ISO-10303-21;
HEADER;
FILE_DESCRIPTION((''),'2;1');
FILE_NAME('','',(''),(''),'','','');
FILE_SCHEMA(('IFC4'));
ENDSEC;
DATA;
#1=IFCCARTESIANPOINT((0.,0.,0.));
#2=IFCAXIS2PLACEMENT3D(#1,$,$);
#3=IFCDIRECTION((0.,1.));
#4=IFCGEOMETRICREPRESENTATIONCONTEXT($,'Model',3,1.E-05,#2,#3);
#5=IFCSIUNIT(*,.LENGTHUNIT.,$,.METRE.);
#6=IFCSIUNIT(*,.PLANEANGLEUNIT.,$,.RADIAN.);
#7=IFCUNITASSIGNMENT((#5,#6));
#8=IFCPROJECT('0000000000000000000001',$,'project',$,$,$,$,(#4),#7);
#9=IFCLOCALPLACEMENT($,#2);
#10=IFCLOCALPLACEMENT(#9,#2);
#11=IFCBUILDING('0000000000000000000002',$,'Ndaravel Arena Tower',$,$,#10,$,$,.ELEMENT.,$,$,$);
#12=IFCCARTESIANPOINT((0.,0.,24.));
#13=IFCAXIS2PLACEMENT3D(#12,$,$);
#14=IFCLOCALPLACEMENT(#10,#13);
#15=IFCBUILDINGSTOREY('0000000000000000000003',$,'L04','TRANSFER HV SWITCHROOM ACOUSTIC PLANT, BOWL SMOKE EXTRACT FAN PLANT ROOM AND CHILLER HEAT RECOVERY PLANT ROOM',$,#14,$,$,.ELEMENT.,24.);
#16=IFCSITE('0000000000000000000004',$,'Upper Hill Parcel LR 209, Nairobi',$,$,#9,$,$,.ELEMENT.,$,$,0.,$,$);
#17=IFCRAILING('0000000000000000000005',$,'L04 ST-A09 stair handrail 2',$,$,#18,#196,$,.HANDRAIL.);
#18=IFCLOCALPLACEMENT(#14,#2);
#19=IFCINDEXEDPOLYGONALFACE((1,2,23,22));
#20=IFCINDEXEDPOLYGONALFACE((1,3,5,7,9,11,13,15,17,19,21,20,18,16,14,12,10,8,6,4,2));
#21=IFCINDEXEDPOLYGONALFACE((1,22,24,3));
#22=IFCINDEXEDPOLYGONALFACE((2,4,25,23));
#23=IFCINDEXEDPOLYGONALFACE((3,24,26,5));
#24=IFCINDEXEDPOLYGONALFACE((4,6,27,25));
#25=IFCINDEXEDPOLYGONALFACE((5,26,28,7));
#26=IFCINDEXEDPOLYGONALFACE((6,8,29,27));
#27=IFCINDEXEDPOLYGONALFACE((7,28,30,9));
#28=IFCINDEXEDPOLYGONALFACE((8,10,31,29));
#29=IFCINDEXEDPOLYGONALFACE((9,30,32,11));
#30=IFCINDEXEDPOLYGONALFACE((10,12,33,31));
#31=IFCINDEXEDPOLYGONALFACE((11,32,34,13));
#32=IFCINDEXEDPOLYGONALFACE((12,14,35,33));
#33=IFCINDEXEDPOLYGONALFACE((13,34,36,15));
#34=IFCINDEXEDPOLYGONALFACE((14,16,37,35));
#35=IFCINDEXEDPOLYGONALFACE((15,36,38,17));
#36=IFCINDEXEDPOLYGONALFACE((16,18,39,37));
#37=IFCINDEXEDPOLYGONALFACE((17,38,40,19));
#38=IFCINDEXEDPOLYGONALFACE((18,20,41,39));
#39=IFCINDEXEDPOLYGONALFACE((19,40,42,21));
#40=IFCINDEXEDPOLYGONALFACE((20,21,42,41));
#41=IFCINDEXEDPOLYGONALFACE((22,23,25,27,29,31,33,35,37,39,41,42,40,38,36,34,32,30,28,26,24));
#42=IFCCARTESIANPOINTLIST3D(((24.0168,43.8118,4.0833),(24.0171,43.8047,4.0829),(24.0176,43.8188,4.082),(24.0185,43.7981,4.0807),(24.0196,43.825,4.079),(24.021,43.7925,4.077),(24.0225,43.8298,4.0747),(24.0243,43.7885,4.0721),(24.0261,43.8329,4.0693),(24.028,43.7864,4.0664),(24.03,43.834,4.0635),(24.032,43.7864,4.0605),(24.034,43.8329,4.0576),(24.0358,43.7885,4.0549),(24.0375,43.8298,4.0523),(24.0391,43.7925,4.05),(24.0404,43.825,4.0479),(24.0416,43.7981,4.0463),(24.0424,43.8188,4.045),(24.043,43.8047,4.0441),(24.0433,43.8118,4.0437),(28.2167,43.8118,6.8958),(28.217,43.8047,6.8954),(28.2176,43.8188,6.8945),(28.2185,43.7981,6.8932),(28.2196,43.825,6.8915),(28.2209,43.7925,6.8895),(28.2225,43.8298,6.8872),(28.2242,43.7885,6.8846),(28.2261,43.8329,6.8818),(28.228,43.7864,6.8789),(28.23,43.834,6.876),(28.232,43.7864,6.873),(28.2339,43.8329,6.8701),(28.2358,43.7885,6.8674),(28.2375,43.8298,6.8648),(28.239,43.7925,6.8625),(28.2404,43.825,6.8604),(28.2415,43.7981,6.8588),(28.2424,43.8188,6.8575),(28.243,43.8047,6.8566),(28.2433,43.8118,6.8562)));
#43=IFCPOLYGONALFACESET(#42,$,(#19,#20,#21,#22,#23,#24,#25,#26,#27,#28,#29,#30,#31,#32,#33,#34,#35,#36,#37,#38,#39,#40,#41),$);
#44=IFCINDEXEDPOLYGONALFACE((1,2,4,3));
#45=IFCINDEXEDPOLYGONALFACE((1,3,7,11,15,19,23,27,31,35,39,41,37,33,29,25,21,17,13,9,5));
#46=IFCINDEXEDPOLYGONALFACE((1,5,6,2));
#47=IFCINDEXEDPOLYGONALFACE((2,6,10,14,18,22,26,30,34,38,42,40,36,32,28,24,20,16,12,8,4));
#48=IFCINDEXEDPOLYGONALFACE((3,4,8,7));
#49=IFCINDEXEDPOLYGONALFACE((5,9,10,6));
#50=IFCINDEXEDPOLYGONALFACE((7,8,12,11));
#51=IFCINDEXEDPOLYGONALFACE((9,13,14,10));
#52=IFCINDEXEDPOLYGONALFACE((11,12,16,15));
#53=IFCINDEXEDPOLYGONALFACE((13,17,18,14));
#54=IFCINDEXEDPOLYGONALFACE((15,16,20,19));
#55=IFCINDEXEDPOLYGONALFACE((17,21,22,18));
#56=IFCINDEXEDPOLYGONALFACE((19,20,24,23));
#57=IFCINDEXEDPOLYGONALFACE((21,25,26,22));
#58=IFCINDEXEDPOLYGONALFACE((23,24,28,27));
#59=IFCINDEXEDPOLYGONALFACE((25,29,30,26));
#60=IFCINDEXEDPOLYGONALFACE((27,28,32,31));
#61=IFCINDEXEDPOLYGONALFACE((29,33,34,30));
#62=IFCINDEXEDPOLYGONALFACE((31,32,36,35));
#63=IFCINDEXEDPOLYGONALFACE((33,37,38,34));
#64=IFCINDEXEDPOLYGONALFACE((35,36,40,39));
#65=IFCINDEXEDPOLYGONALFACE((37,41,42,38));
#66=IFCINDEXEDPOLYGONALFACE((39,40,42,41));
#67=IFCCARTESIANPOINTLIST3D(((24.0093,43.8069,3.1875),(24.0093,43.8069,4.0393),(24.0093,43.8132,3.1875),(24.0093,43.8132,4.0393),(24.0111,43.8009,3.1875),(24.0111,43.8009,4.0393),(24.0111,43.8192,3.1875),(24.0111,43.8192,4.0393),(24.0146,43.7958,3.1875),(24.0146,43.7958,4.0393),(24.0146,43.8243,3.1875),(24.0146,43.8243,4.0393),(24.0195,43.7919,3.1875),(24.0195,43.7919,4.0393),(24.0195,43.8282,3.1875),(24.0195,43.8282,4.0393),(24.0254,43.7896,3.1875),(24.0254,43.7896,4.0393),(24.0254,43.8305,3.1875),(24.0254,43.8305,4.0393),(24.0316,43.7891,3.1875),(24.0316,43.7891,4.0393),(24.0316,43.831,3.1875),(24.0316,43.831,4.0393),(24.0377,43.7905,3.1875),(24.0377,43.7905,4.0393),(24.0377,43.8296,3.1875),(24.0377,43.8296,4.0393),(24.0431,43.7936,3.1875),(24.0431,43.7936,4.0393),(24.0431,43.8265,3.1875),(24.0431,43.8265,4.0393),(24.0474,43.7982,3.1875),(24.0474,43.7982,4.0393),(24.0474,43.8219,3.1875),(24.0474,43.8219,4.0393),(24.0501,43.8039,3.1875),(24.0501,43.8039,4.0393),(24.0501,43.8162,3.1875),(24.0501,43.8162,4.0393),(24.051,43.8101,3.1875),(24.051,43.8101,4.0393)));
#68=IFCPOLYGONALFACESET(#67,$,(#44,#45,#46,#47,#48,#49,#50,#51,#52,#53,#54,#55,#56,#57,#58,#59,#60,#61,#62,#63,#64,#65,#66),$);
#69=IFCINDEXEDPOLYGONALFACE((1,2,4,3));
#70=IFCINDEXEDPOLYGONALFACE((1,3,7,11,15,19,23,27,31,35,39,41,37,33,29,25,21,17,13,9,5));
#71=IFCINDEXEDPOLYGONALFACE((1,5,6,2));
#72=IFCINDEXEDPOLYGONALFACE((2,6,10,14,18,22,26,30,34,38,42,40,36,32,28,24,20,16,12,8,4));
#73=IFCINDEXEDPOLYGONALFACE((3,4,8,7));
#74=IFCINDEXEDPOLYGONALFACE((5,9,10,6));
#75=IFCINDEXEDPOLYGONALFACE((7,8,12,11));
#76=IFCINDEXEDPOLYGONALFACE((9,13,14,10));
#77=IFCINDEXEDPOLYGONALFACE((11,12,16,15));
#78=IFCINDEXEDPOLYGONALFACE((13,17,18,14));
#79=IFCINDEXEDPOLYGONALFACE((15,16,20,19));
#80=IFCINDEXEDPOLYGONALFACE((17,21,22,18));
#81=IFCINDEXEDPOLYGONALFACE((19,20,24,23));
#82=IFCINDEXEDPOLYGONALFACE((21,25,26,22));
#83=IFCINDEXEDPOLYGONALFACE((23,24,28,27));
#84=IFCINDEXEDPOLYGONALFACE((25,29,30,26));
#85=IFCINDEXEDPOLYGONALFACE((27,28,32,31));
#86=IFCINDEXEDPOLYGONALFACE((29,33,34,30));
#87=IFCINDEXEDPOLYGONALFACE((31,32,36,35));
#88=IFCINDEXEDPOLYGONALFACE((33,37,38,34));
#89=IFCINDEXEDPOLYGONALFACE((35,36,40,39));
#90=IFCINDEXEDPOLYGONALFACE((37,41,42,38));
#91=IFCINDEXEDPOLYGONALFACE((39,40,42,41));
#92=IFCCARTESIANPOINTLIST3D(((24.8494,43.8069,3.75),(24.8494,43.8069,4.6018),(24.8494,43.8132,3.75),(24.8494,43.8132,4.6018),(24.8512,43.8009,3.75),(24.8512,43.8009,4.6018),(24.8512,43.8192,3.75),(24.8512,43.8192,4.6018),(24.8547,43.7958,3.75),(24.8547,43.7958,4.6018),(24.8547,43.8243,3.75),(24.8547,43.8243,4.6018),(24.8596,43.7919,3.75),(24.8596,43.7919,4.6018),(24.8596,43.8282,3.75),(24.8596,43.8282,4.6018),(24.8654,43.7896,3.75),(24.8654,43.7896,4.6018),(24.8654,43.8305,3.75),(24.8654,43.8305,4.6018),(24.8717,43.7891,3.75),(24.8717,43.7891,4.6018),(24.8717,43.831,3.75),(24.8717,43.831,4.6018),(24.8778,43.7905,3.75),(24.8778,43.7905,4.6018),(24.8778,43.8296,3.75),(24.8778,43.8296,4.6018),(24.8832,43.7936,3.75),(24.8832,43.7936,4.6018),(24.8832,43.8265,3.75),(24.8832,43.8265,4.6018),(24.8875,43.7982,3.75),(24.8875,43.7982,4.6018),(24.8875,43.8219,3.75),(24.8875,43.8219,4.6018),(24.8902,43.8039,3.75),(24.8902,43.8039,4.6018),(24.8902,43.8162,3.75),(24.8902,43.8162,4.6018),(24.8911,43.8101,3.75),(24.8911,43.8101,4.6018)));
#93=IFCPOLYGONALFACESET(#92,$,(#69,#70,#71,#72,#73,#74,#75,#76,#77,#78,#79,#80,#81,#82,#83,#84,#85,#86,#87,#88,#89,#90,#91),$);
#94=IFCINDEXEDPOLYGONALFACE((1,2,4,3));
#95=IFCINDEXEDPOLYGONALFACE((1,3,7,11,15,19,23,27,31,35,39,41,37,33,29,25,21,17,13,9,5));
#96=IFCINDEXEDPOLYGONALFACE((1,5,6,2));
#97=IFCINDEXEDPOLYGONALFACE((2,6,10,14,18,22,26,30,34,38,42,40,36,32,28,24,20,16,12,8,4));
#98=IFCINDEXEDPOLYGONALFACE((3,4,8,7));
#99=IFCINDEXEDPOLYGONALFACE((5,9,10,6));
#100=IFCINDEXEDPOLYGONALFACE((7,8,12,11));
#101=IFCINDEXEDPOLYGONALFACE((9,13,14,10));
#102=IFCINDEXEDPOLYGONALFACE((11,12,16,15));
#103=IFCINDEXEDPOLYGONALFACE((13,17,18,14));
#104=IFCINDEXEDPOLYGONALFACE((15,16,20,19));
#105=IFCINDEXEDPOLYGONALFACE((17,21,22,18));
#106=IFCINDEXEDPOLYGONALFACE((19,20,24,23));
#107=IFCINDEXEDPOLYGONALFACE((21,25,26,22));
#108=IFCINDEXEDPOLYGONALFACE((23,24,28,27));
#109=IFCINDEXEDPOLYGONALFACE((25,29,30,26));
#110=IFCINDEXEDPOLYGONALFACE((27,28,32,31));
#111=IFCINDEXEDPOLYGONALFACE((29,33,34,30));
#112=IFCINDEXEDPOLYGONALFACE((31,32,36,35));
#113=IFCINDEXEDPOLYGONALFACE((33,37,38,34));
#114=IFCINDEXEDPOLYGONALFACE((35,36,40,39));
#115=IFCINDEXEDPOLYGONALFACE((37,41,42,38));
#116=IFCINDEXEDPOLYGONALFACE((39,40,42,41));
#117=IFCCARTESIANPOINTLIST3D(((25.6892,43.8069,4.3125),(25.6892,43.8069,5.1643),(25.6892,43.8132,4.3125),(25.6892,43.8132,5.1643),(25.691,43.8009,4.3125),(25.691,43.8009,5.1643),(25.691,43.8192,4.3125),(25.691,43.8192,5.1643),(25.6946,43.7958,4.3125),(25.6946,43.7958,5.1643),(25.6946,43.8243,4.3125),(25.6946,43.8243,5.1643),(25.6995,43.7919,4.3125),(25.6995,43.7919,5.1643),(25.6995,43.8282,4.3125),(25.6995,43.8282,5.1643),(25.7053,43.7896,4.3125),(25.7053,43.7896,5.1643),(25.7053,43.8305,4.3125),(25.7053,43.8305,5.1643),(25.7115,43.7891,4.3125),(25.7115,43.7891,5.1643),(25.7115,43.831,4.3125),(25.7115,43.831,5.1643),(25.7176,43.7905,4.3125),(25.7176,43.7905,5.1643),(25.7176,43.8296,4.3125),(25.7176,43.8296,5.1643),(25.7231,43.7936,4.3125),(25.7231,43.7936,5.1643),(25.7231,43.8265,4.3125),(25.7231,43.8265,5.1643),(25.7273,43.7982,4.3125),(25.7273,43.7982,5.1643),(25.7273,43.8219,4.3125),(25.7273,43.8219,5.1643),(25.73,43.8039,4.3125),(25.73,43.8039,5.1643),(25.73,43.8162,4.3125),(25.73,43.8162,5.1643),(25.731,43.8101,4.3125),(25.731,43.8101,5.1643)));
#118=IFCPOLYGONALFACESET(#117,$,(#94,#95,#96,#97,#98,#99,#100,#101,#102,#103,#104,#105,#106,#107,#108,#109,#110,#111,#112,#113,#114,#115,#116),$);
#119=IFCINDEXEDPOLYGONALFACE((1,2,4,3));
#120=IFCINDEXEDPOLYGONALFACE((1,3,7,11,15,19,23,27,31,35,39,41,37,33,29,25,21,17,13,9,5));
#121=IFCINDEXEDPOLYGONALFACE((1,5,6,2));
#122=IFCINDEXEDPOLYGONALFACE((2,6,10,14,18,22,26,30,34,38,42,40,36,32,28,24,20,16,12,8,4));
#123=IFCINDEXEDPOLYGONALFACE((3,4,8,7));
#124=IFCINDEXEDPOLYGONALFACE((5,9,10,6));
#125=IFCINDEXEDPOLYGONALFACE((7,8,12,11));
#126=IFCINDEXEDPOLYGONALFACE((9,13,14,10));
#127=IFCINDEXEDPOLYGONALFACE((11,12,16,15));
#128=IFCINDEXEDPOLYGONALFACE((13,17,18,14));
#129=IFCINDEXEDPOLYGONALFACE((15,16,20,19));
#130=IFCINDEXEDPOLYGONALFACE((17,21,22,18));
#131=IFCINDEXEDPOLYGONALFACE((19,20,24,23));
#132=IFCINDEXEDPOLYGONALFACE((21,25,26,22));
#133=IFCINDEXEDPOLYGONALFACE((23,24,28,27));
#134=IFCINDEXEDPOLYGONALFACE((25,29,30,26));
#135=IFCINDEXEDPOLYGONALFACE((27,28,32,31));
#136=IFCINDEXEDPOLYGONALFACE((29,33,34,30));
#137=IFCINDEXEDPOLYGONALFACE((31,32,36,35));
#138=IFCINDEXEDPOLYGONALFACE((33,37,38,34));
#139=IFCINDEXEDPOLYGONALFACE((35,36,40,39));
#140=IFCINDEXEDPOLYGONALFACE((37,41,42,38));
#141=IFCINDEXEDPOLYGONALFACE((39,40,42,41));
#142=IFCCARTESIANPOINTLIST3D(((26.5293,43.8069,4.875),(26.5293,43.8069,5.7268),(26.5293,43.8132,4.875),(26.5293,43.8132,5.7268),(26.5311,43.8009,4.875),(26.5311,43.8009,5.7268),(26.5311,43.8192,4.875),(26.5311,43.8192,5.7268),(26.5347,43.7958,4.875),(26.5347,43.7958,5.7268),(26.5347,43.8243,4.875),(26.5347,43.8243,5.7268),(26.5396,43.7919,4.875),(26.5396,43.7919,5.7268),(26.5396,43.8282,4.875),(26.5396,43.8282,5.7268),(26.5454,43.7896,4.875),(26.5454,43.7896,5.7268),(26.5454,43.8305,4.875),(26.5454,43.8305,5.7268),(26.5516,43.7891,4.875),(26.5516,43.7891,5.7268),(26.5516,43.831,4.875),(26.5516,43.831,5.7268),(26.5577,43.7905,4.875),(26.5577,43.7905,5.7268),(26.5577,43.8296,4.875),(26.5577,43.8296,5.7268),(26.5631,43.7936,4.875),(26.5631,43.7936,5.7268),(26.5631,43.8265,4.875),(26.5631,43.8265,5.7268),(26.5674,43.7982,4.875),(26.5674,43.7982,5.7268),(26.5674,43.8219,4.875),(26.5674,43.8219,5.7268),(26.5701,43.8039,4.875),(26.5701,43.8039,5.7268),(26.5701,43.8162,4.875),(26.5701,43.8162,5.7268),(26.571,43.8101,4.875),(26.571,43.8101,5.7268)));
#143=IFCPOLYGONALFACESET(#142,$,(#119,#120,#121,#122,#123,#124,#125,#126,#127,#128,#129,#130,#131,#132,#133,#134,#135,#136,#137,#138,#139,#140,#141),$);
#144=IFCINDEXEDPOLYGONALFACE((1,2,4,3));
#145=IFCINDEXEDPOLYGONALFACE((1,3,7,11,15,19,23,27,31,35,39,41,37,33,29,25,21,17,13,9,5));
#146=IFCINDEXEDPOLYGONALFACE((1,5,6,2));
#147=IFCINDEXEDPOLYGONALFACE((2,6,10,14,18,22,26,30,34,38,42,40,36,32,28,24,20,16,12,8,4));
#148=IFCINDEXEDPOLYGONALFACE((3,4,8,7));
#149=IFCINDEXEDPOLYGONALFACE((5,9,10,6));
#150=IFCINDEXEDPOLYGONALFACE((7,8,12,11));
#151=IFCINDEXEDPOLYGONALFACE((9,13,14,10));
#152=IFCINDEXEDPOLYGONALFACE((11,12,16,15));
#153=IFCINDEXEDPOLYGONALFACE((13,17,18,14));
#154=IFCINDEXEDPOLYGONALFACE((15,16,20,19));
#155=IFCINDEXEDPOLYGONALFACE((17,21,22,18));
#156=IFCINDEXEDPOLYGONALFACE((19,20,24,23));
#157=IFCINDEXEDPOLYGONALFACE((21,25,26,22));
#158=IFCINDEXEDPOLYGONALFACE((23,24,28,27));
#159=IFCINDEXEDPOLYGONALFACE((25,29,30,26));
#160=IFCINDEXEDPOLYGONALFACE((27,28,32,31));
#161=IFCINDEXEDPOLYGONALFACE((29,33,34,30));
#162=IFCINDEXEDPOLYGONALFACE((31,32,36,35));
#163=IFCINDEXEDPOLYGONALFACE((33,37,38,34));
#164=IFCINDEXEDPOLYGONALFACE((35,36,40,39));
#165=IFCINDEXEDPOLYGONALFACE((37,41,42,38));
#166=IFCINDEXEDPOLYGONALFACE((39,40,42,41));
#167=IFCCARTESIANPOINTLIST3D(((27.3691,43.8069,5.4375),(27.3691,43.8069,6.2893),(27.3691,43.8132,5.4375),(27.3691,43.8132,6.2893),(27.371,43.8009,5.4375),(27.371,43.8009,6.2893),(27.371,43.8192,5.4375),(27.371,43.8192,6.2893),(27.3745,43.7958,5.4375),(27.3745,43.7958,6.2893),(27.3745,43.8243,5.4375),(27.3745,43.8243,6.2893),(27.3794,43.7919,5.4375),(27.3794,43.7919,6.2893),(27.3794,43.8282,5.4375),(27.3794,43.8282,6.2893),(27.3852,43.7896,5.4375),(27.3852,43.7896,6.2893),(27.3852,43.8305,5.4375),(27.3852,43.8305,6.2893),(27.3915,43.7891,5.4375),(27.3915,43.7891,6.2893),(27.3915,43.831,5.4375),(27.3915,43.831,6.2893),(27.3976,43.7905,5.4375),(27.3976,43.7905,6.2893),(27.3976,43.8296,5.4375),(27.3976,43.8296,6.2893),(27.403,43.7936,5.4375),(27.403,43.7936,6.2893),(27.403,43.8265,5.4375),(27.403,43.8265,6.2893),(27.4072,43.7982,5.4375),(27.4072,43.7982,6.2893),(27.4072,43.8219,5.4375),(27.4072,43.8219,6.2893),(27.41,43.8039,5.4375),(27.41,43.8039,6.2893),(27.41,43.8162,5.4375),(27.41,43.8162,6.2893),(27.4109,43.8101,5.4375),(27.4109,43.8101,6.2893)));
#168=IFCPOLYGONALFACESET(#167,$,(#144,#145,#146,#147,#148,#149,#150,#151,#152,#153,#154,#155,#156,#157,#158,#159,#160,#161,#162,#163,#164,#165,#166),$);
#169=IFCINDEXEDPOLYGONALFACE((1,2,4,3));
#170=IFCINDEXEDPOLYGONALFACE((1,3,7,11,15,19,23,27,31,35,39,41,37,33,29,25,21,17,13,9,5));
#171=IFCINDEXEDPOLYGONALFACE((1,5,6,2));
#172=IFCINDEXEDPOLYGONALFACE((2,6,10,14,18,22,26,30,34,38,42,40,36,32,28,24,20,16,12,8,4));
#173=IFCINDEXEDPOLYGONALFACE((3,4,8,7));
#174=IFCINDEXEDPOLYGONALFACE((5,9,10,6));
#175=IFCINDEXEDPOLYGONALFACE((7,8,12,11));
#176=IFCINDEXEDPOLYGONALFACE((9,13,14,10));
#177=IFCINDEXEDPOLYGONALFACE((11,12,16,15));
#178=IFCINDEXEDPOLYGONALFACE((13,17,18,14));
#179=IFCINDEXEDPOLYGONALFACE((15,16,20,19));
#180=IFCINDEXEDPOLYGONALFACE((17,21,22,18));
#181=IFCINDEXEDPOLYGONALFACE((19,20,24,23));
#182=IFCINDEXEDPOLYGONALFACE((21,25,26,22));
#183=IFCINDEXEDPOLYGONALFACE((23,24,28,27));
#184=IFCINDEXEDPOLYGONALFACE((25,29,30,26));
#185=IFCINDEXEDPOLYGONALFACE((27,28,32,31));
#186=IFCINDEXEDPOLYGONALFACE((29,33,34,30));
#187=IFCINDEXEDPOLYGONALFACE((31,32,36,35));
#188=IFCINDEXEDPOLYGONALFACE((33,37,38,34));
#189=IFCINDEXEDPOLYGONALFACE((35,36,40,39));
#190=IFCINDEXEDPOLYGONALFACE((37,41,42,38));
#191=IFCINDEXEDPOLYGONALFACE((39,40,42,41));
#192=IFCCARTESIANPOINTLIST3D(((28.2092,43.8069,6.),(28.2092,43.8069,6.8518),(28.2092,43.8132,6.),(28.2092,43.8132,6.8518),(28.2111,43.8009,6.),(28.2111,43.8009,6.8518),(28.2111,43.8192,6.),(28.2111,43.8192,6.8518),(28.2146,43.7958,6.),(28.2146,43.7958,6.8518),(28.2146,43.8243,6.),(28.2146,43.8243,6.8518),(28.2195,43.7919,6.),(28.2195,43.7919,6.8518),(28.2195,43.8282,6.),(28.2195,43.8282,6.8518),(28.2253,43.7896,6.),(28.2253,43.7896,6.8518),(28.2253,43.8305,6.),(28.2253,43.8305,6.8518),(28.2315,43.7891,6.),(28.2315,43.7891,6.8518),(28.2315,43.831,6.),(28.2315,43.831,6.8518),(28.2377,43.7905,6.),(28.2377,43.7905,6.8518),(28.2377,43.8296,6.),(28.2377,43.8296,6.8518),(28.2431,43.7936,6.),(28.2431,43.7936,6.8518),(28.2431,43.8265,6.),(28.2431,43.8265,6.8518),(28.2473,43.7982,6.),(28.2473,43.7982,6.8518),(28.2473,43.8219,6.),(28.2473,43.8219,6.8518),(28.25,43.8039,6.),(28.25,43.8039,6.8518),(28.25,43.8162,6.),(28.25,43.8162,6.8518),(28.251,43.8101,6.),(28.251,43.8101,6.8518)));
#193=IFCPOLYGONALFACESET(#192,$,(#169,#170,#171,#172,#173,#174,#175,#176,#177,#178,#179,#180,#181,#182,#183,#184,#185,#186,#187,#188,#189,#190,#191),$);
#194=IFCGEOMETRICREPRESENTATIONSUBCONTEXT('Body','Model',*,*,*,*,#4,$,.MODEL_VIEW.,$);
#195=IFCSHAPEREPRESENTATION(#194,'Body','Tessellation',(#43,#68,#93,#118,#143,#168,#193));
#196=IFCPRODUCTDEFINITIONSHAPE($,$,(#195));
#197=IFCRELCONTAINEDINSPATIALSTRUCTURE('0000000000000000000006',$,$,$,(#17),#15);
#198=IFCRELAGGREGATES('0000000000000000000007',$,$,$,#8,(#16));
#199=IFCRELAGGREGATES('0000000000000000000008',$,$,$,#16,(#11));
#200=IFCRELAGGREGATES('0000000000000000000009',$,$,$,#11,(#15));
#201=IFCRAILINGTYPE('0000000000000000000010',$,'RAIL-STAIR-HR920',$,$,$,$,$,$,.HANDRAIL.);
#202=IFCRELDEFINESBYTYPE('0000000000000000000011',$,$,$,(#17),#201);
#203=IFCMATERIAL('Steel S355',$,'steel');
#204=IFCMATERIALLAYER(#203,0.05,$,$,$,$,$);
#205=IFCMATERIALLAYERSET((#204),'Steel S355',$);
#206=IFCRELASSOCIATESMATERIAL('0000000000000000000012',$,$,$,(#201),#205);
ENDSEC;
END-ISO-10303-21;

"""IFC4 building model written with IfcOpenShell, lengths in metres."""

from ifc_helpers import new_model, si_unit, direction, frame, origin, origin_2d, place, context, subcontext, project, spatial, circle, extrude, material, layer, layer_set, type_object, element, save


model = new_model("IFC4")

# Units and contexts
model_context = context("Model", 3, precision=1e-05, world=origin(), true_north=direction((0.0, 1.0)))
body_context = subcontext(model_context, "Body", "Model", "MODEL_VIEW")
ifc_project = project(units=[si_unit("LENGTHUNIT", "METRE"), si_unit("PLANEANGLEUNIT", "RADIAN")], contexts=[model_context])

# Site, building, storey
site_placement = place(None, origin())
site = spatial("IfcSite", under=ifc_project, at=site_placement, Name="Upper Hill Parcel LR 209, Nairobi", CompositionType="ELEMENT", RefElevation=0.0)
building_placement = place(site_placement, origin())
building = spatial("IfcBuilding", under=site, at=building_placement, Name="Ndaravel Arena Tower", CompositionType="ELEMENT")
storey_placement = place(building_placement, frame((0.0, 0.0, 24.0)))
storey = spatial("IfcBuildingStorey", under=building, at=storey_placement, Name="L04", Description="TRANSFER HV SWITCHROOM ACOUSTIC PLANT, BOWL SMOKE EXTRACT FAN PLANT ROOM AND CHILLER HEAT RECOVERY PLANT ROOM", CompositionType="ELEMENT", Elevation=24.0)

# Railing
ifc_material_1 = material(Name="Steel S355", Category="steel")
ifc_layer_1 = layer(ifc_material_1, 0.05)
ifc_layer_set_1 = layer_set([ifc_layer_1], Name="Steel S355")
railing_type_1 = type_object("IfcRailingType", Name="RAIL-STAIR-HR920", PredefinedType="HANDRAIL", material=ifc_layer_set_1)
railing_1_placement = place(storey_placement, frame((24.03, 43.8101, 3.1875)))
element("IfcRailing", 1, at=railing_1_placement, inside=storey, type_object=railing_type_1, Name="L04 ST-A09 stair handrail 2", PredefinedType="HANDRAIL", context=body_context, shape_type="SweptSolid", body=[
    extrude(circle(Radius=0.0239, at=origin_2d()), frame((0.0, 0.0, 0.876), z_axis=(0.830904, 0.0, 0.556416), x_axis=(0.0, 1.0, 0.0)), (0.0, 0.0, 1.0), 5.0547),
    extrude(circle(Radius=0.021, at=origin_2d()), origin(), (0.0, 0.0, 1.0), 0.8518),
    extrude(circle(Radius=0.021, at=origin_2d()), frame((0.8401, 0.0, 0.5625)), (0.0, 0.0, 1.0), 0.8518),
    extrude(circle(Radius=0.021, at=origin_2d()), frame((1.6799, 0.0, 1.125)), (0.0, 0.0, 1.0), 0.8518),
    extrude(circle(Radius=0.021, at=origin_2d()), frame((2.52, 0.0, 1.6875)), (0.0, 0.0, 1.0), 0.8518),
    extrude(circle(Radius=0.021, at=origin_2d()), frame((3.3599, 0.0, 2.25)), (0.0, 0.0, 1.0), 0.8518),
    extrude(circle(Radius=0.021, at=origin_2d()), frame((4.2, 0.0, 2.8125)), (0.0, 0.0, 1.0), 0.8518),
])

save(model, "model.ifc")
